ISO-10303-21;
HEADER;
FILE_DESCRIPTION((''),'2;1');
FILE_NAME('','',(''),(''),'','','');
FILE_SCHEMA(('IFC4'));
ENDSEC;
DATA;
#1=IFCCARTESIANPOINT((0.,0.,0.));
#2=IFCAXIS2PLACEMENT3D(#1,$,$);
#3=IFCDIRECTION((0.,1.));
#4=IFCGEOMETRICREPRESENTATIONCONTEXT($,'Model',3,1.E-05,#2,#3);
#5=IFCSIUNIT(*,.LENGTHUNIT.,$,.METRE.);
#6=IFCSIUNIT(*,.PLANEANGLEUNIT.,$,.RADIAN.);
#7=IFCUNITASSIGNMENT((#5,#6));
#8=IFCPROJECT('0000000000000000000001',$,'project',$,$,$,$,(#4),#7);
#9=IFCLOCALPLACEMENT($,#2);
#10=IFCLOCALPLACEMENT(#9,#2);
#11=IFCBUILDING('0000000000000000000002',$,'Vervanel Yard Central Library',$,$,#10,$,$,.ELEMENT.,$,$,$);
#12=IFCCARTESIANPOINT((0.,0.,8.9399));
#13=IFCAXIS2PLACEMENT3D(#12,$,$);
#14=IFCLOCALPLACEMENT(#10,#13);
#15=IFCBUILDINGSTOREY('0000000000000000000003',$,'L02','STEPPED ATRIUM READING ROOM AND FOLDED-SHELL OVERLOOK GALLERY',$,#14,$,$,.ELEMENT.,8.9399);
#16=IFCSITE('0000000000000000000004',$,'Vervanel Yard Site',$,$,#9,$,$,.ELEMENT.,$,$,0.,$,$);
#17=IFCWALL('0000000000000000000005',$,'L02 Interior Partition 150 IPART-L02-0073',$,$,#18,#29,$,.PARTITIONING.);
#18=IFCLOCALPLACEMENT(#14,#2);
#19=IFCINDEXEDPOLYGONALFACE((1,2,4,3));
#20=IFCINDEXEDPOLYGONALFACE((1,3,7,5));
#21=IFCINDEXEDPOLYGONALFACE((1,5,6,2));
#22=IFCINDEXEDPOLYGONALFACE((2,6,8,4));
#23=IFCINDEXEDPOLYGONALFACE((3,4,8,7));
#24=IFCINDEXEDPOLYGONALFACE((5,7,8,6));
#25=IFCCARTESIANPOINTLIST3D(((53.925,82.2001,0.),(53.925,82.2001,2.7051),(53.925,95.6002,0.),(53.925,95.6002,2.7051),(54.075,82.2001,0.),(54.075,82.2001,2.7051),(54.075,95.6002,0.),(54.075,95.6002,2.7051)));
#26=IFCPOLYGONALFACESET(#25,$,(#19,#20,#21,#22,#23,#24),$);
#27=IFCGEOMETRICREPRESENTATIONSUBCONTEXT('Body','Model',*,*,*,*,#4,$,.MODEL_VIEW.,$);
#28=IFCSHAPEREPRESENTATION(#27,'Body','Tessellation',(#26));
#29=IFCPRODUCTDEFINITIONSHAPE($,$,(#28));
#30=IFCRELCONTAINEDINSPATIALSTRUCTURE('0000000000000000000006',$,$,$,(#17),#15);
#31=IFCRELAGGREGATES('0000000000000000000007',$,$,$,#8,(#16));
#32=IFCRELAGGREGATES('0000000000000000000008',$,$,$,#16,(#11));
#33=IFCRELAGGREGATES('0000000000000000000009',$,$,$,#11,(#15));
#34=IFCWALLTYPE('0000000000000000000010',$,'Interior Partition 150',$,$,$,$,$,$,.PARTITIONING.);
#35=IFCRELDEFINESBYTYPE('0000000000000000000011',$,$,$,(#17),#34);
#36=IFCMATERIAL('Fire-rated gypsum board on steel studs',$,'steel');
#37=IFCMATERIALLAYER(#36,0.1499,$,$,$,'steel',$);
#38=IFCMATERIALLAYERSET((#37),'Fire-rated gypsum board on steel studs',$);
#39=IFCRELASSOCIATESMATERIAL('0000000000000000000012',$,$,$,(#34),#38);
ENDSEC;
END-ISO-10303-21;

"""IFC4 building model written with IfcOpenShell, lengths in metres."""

from ifc_helpers import new_model, si_unit, direction, frame, frame_2d, origin, place, context, subcontext, project, spatial, rectangle, extrude, material, layer, layer_set, type_object, element, save


model = new_model("IFC4")

# Units and contexts
model_context = context("Model", 3, precision=1e-05, world=origin(), true_north=direction((0.0, 1.0)))
body_context = subcontext(model_context, "Body", "Model", "MODEL_VIEW")
ifc_project = project(units=[si_unit("LENGTHUNIT", "METRE"), si_unit("PLANEANGLEUNIT", "RADIAN")], contexts=[model_context])

# Site, building, storey
site_placement = place(None, origin())
site = spatial("IfcSite", under=ifc_project, at=site_placement, Name="Vervanel Yard Site", CompositionType="ELEMENT", RefElevation=0.0)
building_placement = place(site_placement, origin())
building = spatial("IfcBuilding", under=site, at=building_placement, Name="Vervanel Yard Central Library", CompositionType="ELEMENT")
storey_placement = place(building_placement, frame((0.0, 0.0, 8.9399)))
storey = spatial("IfcBuildingStorey", under=building, at=storey_placement, Name="L02", Description="STEPPED ATRIUM READING ROOM AND FOLDED-SHELL OVERLOOK GALLERY", CompositionType="ELEMENT", Elevation=8.9399)

# Wall
ifc_material_1 = material(Name="Fire-rated gypsum board on steel studs", Category="steel")
ifc_layer_1 = layer(ifc_material_1, 0.1499, Category="steel")
ifc_layer_set_1 = layer_set([ifc_layer_1], Name="Fire-rated gypsum board on steel studs")
wall_type = type_object("IfcWallType", Name="Interior Partition 150", PredefinedType="PARTITIONING", material=ifc_layer_set_1)
wall_placement = place(storey_placement, frame((54.0, 82.2, 0.0), z_axis=(0.0, 0.0, 1.0), x_axis=(0.0, 1.0, 0.0)))
element("IfcWall", 1, at=wall_placement, inside=storey, type_object=wall_type, Name="L02 Interior Partition 150 IPART-L02-0073", PredefinedType="PARTITIONING", context=body_context, shape_type="SweptSolid", body=[
    extrude(rectangle(XDim=13.4001, YDim=0.1499, at=frame_2d((6.7002, 0.0))), origin(), (0.0, 0.0, 1.0), 2.7051),
])

save(model, "model.ifc")
